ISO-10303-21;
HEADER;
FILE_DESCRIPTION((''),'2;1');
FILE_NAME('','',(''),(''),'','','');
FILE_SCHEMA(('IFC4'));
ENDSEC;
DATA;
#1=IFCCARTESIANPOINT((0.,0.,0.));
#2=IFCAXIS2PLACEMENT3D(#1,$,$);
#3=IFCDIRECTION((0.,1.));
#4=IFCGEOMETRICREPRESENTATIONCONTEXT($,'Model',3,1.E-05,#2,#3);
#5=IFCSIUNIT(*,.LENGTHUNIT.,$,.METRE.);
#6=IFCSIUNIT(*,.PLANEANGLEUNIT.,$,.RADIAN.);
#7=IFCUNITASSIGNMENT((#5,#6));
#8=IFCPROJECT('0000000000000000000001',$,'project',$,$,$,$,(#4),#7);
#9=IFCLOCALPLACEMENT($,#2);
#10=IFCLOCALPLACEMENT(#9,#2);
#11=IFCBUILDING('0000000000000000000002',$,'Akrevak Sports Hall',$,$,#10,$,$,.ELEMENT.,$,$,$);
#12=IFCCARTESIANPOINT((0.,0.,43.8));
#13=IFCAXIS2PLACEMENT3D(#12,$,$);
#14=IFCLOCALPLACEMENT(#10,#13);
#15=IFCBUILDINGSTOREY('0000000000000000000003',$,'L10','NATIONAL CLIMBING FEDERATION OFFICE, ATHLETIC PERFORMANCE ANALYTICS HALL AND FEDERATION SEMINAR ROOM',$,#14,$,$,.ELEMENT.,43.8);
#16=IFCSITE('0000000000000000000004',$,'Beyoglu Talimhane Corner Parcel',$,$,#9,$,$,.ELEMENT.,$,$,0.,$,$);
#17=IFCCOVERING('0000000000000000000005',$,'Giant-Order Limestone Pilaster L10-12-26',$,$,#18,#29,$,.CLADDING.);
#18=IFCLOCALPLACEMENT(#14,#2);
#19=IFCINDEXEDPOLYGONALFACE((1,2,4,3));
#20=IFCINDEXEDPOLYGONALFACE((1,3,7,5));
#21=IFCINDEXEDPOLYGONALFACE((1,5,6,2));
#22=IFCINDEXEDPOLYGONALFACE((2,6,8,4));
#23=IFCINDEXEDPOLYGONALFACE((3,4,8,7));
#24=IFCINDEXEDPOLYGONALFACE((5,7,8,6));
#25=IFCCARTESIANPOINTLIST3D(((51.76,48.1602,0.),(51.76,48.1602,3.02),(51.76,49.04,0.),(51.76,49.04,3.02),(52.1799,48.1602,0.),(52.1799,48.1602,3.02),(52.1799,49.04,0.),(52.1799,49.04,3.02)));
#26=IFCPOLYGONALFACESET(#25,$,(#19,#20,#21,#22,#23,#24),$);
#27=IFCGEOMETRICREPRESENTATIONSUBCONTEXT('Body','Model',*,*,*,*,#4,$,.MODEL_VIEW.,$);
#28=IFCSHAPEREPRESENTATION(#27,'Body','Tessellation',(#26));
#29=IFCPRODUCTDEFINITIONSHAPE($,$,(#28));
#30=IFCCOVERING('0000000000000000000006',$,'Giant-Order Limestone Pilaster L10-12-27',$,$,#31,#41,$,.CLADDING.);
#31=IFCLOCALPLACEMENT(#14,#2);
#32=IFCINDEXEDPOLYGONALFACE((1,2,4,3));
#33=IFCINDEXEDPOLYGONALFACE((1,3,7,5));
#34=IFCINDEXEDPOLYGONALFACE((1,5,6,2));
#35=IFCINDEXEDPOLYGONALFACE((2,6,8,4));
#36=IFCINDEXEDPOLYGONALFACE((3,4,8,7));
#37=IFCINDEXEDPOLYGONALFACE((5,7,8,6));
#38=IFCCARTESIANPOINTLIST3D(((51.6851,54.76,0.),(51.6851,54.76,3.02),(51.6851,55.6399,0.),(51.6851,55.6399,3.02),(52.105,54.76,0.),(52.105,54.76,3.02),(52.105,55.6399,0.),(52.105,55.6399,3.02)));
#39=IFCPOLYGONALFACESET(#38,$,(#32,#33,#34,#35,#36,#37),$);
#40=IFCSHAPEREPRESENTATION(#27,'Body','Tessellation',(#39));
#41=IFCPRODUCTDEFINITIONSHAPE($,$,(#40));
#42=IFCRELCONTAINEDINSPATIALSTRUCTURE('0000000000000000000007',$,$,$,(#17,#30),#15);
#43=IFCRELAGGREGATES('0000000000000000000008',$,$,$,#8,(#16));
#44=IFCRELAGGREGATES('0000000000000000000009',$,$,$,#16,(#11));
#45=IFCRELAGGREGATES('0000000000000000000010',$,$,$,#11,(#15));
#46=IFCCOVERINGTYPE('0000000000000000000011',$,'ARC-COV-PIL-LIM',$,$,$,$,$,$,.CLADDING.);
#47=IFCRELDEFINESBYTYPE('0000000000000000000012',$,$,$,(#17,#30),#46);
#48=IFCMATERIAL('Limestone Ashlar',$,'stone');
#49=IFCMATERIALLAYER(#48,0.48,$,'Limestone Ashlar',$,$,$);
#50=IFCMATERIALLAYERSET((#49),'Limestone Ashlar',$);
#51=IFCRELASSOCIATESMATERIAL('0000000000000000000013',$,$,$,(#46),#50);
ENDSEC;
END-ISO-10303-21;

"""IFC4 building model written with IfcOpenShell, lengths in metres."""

from ifc_helpers import new_model, si_unit, direction, frame, origin, origin_2d, place, context, subcontext, project, spatial, rectangle, extrude, material, layer, layer_set, type_object, element, save


model = new_model("IFC4")

# Units and contexts
model_context = context("Model", 3, precision=1e-05, world=origin(), true_north=direction((0.0, 1.0)))
body_context = subcontext(model_context, "Body", "Model", "MODEL_VIEW")
ifc_project = project(units=[si_unit("LENGTHUNIT", "METRE"), si_unit("PLANEANGLEUNIT", "RADIAN")], contexts=[model_context])

# Site, building, storey
site_placement = place(None, origin())
site = spatial("IfcSite", under=ifc_project, at=site_placement, Name="Beyoglu Talimhane Corner Parcel", CompositionType="ELEMENT", RefElevation=0.0)
building_placement = place(site_placement, origin())
building = spatial("IfcBuilding", under=site, at=building_placement, Name="Akrevak Sports Hall", CompositionType="ELEMENT")
storey_placement = place(building_placement, frame((0.0, 0.0, 43.8)))
storey = spatial("IfcBuildingStorey", under=building, at=storey_placement, Name="L10", Description="NATIONAL CLIMBING FEDERATION OFFICE, ATHLETIC PERFORMANCE ANALYTICS HALL AND FEDERATION SEMINAR ROOM", CompositionType="ELEMENT", Elevation=43.8)

# Coverings
ifc_material_1 = material(Name="Limestone Ashlar", Category="stone")
ifc_layer_1 = layer(ifc_material_1, 0.48, Name="Limestone Ashlar")
ifc_layer_set_1 = layer_set([ifc_layer_1], Name="Limestone Ashlar")
covering_type = type_object("IfcCoveringType", Name="ARC-COV-PIL-LIM", PredefinedType="CLADDING", material=ifc_layer_set_1)
for number, where, z_axis, x_axis, name in (
    (1, (51.97, 48.6001, 0.0), (0.0, 0.0, 1.0), (0.0, -1.0, 0.0), "Giant-Order Limestone Pilaster L10-12-26"),
    (2, (51.895, 55.2, 0.0), (0.0, 0.0, 1.0), (0.0, -1.0, 0.0), "Giant-Order Limestone Pilaster L10-12-27"),
):
    element("IfcCovering", number, at=place(storey_placement, frame(where, z_axis=z_axis, x_axis=x_axis)), inside=storey, type_object=covering_type, Name=name, PredefinedType="CLADDING", context=body_context, shape_type="SweptSolid", body=[
        extrude(rectangle(XDim=0.8799, YDim=0.4199, at=origin_2d()), origin(), (0.0, 0.0, 1.0), 3.02),
    ])

save(model, "model.ifc")
